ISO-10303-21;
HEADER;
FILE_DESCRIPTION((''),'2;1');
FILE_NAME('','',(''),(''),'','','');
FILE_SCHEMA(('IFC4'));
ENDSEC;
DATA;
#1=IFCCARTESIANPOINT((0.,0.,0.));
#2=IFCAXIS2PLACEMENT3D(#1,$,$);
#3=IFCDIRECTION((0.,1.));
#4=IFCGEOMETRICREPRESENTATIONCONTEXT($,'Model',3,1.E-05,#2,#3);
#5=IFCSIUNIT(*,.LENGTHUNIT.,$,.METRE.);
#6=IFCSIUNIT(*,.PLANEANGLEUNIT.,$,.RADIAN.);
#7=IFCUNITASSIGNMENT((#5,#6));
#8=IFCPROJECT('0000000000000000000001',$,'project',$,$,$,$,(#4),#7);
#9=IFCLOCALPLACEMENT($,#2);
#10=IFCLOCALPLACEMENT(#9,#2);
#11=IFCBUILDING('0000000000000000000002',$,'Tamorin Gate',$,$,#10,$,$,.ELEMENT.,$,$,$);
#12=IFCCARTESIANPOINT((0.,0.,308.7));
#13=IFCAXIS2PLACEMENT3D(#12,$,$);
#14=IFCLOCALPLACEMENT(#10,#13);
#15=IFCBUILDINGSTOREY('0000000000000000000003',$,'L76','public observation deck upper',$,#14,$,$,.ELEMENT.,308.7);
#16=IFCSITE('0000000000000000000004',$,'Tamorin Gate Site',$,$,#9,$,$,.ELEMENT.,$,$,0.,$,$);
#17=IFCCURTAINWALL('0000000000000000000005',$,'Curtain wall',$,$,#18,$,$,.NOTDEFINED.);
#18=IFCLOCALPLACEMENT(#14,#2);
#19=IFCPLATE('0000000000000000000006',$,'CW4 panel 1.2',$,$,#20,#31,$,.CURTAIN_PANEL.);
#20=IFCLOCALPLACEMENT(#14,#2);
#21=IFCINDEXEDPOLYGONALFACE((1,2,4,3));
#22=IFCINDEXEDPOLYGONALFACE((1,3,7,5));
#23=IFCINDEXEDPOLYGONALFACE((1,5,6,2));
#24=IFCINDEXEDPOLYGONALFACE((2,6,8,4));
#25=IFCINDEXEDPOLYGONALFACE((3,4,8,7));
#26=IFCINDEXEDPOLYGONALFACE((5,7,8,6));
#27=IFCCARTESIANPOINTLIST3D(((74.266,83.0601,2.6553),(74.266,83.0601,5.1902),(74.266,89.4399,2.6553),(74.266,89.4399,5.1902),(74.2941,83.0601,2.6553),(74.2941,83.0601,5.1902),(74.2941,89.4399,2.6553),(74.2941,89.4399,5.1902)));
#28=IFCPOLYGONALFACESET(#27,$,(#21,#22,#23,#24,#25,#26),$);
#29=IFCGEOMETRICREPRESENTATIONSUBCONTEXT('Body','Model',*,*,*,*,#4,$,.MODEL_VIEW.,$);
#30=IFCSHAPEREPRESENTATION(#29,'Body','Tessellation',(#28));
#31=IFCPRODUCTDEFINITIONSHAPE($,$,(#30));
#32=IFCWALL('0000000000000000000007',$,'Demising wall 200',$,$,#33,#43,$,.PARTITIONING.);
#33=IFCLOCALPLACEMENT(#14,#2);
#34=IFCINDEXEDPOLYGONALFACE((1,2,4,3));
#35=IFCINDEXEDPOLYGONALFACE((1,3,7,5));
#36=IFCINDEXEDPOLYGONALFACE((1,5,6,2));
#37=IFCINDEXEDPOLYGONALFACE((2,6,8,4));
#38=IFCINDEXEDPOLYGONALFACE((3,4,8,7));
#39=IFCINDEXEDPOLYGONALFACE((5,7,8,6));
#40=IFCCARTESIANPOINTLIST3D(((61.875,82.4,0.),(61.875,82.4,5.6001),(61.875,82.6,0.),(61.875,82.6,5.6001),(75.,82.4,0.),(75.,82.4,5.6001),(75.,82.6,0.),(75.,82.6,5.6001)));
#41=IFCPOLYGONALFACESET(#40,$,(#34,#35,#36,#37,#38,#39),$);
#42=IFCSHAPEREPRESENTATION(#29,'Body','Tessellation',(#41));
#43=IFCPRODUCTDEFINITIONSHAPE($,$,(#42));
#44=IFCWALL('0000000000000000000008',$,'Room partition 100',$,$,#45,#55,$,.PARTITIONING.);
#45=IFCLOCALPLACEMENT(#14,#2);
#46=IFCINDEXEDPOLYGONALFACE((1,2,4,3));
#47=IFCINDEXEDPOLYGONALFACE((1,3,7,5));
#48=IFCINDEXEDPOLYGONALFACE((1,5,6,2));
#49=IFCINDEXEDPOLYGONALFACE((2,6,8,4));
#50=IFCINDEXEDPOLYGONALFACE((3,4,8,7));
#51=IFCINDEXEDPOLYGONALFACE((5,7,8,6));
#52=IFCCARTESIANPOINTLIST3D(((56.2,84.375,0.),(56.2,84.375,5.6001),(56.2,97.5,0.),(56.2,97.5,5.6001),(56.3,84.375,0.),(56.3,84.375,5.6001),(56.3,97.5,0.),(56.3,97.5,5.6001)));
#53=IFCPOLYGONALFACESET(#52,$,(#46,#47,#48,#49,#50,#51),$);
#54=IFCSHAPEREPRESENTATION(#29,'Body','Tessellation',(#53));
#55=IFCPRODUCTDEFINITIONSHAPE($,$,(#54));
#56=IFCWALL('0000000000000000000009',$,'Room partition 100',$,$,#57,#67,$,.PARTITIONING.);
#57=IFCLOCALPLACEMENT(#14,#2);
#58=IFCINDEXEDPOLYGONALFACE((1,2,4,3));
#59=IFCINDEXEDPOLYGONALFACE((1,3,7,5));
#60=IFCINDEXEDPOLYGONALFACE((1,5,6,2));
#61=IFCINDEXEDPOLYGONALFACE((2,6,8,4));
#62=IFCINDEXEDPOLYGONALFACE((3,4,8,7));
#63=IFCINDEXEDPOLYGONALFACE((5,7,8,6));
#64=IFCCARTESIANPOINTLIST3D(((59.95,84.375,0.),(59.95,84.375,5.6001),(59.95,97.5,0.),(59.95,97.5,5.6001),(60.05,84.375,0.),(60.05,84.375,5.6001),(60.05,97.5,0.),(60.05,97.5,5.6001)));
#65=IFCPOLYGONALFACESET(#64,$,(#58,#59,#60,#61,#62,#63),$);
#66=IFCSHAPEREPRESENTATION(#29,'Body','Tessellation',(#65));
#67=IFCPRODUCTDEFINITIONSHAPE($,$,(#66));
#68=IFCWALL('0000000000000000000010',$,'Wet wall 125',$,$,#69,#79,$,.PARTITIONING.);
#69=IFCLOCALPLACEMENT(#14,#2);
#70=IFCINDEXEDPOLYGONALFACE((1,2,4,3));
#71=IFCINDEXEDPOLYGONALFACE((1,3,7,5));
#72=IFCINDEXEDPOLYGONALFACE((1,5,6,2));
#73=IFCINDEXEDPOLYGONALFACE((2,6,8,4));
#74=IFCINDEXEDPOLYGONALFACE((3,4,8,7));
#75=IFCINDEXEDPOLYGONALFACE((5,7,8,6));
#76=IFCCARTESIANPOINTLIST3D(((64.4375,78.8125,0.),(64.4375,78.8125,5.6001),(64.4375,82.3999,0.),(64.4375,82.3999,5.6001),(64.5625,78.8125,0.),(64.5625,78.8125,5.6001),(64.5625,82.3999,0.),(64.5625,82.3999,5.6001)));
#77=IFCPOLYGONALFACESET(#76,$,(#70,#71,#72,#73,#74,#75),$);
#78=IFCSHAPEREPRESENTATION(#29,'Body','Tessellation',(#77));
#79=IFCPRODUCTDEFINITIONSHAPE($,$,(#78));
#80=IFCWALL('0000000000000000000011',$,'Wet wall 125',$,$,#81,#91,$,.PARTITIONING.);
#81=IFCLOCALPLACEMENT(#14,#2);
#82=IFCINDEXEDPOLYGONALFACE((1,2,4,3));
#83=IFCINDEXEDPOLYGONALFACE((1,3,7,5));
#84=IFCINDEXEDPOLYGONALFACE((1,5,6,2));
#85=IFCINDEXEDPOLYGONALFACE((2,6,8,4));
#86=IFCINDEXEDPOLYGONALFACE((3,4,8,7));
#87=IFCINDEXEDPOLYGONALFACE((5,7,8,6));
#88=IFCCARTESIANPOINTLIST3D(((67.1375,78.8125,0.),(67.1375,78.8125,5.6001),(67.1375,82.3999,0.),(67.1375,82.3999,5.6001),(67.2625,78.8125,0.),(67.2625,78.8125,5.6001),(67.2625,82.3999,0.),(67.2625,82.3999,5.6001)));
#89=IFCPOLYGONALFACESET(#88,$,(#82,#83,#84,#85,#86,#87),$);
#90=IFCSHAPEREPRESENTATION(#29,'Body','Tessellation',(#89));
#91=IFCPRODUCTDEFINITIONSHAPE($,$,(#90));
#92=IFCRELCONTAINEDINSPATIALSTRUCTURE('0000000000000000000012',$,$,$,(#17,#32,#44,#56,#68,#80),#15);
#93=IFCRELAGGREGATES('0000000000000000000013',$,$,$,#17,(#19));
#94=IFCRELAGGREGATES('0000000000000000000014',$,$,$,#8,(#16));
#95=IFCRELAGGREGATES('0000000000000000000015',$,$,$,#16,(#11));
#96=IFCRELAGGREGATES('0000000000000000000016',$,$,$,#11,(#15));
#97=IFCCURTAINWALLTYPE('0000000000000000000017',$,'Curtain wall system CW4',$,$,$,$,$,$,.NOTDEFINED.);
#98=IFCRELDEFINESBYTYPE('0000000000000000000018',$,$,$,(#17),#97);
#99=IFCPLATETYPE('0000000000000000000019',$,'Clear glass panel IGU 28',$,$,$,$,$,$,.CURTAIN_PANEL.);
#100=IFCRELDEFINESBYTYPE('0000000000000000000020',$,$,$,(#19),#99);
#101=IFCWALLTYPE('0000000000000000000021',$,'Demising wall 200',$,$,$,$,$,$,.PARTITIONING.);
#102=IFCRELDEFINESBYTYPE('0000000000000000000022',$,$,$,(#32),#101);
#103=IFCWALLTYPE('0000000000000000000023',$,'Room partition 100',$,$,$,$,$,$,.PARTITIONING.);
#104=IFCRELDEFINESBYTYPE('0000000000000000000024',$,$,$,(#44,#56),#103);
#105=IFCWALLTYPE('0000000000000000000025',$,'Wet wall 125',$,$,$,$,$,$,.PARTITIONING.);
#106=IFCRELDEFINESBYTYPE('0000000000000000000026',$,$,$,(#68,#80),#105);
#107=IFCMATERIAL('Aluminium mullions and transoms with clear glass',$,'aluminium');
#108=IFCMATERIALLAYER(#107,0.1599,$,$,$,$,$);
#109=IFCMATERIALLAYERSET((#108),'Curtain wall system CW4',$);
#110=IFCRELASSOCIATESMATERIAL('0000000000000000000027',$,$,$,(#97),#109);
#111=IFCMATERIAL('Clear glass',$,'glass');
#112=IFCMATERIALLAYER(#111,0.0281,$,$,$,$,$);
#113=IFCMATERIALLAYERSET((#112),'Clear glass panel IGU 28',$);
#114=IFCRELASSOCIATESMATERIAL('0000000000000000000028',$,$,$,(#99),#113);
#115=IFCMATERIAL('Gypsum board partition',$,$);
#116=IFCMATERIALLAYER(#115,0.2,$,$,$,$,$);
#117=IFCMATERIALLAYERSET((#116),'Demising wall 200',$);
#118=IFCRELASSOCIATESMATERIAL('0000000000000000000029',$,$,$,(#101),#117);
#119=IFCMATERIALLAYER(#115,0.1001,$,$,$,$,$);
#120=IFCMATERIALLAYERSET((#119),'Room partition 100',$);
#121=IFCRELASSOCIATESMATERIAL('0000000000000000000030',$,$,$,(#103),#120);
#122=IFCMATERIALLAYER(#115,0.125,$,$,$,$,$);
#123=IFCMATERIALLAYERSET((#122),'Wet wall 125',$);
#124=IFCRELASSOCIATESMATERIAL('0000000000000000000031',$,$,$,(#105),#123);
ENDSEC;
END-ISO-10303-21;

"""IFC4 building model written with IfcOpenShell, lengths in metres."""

from ifc_helpers import new_model, si_unit, direction, frame, frame_2d, origin, origin_2d, place, context, subcontext, project, spatial, rectangle, extrude, material, layer, layer_set, type_object, element, aggregate, save


model = new_model("IFC4")

# Units and contexts
model_context = context("Model", 3, precision=1e-05, world=origin(), true_north=direction((0.0, 1.0)))
body_context = subcontext(model_context, "Body", "Model", "MODEL_VIEW")
ifc_project = project(units=[si_unit("LENGTHUNIT", "METRE"), si_unit("PLANEANGLEUNIT", "RADIAN")], contexts=[model_context])

# Site, building, storey
site_placement = place(None, origin())
site = spatial("IfcSite", under=ifc_project, at=site_placement, Name="Tamorin Gate Site", CompositionType="ELEMENT", RefElevation=0.0)
building_placement = place(site_placement, origin())
building = spatial("IfcBuilding", under=site, at=building_placement, Name="Tamorin Gate", CompositionType="ELEMENT")
storey_placement = place(building_placement, frame((0.0, 0.0, 308.7)))
storey = spatial("IfcBuildingStorey", under=building, at=storey_placement, Name="L76", Description="public observation deck upper", CompositionType="ELEMENT", Elevation=308.7)

# Shared definitions
ifc_material_1 = material(Name="Aluminium mullions and transoms with clear glass", Category="aluminium")
ifc_layer_1 = layer(ifc_material_1, 0.1599)
ifc_layer_set_1 = layer_set([ifc_layer_1], Name="Curtain wall system CW4")
curtain_wall_type = type_object("IfcCurtainWallType", Name="Curtain wall system CW4", PredefinedType="NOTDEFINED", material=ifc_layer_set_1)

# Curtain wall
curtain_wall_1_placement = place(storey_placement, origin())
curtain_wall_1 = element("IfcCurtainWall", 1, at=curtain_wall_1_placement, inside=storey, type_object=curtain_wall_type, Name="Curtain wall", PredefinedType="NOTDEFINED")

# Plate
ifc_material_2 = material(Name="Clear glass", Category="glass")
ifc_layer_2 = layer(ifc_material_2, 0.0281)
ifc_layer_set_2 = layer_set([ifc_layer_2], Name="Clear glass panel IGU 28")
plate_type = type_object("IfcPlateType", Name="Clear glass panel IGU 28", PredefinedType="CURTAIN_PANEL", material=ifc_layer_set_2)
plate_1_placement = place(storey_placement, frame((74.28, 86.25, 2.6553), z_axis=(0.0, 0.0, 1.0), x_axis=(0.0, 1.0, 0.0)))
plate_1 = element("IfcPlate", 2, at=plate_1_placement, type_object=plate_type, Name="CW4 panel 1.2", PredefinedType="CURTAIN_PANEL", context=body_context, shape_type="SweptSolid", body=[
    extrude(rectangle(XDim=6.3799, YDim=0.0281, at=origin_2d()), origin(), (0.0, 0.0, 1.0), 2.5349),
])
aggregate(curtain_wall_1, [plate_1])

# Walls
ifc_material_3 = material(Name="Gypsum board partition")
ifc_layer_3 = layer(ifc_material_3, 0.2)
ifc_layer_set_3 = layer_set([ifc_layer_3], Name="Demising wall 200")
wall_type_1 = type_object("IfcWallType", Name="Demising wall 200", PredefinedType="PARTITIONING", material=ifc_layer_set_3)
wall_placement = place(storey_placement, frame((61.875, 82.5, 0.0), z_axis=(0.0, 0.0, 1.0), x_axis=(1.0, 0.0, 0.0)))
element("IfcWall", 3, at=wall_placement, inside=storey, type_object=wall_type_1, Name="Demising wall 200", PredefinedType="PARTITIONING", context=body_context, shape_type="SweptSolid", body=[
    extrude(rectangle(XDim=13.125, YDim=0.2, at=frame_2d((6.5625, 0.0))), origin(), (0.0, 0.0, 1.0), 5.6001),
])
ifc_layer_4 = layer(ifc_material_3, 0.1001)
ifc_layer_set_4 = layer_set([ifc_layer_4], Name="Room partition 100")
wall_type_2 = type_object("IfcWallType", Name="Room partition 100", PredefinedType="PARTITIONING", material=ifc_layer_set_4)
for number, where, z_axis, x_axis, name in (
    (4, (56.25, 84.375, 0.0), (0.0, 0.0, 1.0), (0.0, 1.0, 0.0), "Room partition 100"),
    (5, (60.0, 84.375, 0.0), (0.0, 0.0, 1.0), (0.0, 1.0, 0.0), "Room partition 100"),
):
    element("IfcWall", number, at=place(storey_placement, frame(where, z_axis=z_axis, x_axis=x_axis)), inside=storey, type_object=wall_type_2, Name=name, PredefinedType="PARTITIONING", context=body_context, shape_type="SweptSolid", body=[
        extrude(rectangle(XDim=13.125, YDim=0.1001, at=frame_2d((6.5625, 0.0))), origin(), (0.0, 0.0, 1.0), 5.6001),
    ])
ifc_layer_5 = layer(ifc_material_3, 0.125)
ifc_layer_set_5 = layer_set([ifc_layer_5], Name="Wet wall 125")
wall_type_3 = type_object("IfcWallType", Name="Wet wall 125", PredefinedType="PARTITIONING", material=ifc_layer_set_5)
for number, where, z_axis, x_axis, name in (
    (6, (64.5, 78.8125, 0.0), (0.0, 0.0, 1.0), (0.0, 1.0, 0.0), "Wet wall 125"),
    (7, (67.2, 78.8125, 0.0), (0.0, 0.0, 1.0), (0.0, 1.0, 0.0), "Wet wall 125"),
):
    element("IfcWall", number, at=place(storey_placement, frame(where, z_axis=z_axis, x_axis=x_axis)), inside=storey, type_object=wall_type_3, Name=name, PredefinedType="PARTITIONING", context=body_context, shape_type="SweptSolid", body=[
        extrude(rectangle(XDim=3.5874, YDim=0.125, at=frame_2d((1.7937, 0.0))), origin(), (0.0, 0.0, 1.0), 5.6001),
    ])

save(model, "model.ifc")
